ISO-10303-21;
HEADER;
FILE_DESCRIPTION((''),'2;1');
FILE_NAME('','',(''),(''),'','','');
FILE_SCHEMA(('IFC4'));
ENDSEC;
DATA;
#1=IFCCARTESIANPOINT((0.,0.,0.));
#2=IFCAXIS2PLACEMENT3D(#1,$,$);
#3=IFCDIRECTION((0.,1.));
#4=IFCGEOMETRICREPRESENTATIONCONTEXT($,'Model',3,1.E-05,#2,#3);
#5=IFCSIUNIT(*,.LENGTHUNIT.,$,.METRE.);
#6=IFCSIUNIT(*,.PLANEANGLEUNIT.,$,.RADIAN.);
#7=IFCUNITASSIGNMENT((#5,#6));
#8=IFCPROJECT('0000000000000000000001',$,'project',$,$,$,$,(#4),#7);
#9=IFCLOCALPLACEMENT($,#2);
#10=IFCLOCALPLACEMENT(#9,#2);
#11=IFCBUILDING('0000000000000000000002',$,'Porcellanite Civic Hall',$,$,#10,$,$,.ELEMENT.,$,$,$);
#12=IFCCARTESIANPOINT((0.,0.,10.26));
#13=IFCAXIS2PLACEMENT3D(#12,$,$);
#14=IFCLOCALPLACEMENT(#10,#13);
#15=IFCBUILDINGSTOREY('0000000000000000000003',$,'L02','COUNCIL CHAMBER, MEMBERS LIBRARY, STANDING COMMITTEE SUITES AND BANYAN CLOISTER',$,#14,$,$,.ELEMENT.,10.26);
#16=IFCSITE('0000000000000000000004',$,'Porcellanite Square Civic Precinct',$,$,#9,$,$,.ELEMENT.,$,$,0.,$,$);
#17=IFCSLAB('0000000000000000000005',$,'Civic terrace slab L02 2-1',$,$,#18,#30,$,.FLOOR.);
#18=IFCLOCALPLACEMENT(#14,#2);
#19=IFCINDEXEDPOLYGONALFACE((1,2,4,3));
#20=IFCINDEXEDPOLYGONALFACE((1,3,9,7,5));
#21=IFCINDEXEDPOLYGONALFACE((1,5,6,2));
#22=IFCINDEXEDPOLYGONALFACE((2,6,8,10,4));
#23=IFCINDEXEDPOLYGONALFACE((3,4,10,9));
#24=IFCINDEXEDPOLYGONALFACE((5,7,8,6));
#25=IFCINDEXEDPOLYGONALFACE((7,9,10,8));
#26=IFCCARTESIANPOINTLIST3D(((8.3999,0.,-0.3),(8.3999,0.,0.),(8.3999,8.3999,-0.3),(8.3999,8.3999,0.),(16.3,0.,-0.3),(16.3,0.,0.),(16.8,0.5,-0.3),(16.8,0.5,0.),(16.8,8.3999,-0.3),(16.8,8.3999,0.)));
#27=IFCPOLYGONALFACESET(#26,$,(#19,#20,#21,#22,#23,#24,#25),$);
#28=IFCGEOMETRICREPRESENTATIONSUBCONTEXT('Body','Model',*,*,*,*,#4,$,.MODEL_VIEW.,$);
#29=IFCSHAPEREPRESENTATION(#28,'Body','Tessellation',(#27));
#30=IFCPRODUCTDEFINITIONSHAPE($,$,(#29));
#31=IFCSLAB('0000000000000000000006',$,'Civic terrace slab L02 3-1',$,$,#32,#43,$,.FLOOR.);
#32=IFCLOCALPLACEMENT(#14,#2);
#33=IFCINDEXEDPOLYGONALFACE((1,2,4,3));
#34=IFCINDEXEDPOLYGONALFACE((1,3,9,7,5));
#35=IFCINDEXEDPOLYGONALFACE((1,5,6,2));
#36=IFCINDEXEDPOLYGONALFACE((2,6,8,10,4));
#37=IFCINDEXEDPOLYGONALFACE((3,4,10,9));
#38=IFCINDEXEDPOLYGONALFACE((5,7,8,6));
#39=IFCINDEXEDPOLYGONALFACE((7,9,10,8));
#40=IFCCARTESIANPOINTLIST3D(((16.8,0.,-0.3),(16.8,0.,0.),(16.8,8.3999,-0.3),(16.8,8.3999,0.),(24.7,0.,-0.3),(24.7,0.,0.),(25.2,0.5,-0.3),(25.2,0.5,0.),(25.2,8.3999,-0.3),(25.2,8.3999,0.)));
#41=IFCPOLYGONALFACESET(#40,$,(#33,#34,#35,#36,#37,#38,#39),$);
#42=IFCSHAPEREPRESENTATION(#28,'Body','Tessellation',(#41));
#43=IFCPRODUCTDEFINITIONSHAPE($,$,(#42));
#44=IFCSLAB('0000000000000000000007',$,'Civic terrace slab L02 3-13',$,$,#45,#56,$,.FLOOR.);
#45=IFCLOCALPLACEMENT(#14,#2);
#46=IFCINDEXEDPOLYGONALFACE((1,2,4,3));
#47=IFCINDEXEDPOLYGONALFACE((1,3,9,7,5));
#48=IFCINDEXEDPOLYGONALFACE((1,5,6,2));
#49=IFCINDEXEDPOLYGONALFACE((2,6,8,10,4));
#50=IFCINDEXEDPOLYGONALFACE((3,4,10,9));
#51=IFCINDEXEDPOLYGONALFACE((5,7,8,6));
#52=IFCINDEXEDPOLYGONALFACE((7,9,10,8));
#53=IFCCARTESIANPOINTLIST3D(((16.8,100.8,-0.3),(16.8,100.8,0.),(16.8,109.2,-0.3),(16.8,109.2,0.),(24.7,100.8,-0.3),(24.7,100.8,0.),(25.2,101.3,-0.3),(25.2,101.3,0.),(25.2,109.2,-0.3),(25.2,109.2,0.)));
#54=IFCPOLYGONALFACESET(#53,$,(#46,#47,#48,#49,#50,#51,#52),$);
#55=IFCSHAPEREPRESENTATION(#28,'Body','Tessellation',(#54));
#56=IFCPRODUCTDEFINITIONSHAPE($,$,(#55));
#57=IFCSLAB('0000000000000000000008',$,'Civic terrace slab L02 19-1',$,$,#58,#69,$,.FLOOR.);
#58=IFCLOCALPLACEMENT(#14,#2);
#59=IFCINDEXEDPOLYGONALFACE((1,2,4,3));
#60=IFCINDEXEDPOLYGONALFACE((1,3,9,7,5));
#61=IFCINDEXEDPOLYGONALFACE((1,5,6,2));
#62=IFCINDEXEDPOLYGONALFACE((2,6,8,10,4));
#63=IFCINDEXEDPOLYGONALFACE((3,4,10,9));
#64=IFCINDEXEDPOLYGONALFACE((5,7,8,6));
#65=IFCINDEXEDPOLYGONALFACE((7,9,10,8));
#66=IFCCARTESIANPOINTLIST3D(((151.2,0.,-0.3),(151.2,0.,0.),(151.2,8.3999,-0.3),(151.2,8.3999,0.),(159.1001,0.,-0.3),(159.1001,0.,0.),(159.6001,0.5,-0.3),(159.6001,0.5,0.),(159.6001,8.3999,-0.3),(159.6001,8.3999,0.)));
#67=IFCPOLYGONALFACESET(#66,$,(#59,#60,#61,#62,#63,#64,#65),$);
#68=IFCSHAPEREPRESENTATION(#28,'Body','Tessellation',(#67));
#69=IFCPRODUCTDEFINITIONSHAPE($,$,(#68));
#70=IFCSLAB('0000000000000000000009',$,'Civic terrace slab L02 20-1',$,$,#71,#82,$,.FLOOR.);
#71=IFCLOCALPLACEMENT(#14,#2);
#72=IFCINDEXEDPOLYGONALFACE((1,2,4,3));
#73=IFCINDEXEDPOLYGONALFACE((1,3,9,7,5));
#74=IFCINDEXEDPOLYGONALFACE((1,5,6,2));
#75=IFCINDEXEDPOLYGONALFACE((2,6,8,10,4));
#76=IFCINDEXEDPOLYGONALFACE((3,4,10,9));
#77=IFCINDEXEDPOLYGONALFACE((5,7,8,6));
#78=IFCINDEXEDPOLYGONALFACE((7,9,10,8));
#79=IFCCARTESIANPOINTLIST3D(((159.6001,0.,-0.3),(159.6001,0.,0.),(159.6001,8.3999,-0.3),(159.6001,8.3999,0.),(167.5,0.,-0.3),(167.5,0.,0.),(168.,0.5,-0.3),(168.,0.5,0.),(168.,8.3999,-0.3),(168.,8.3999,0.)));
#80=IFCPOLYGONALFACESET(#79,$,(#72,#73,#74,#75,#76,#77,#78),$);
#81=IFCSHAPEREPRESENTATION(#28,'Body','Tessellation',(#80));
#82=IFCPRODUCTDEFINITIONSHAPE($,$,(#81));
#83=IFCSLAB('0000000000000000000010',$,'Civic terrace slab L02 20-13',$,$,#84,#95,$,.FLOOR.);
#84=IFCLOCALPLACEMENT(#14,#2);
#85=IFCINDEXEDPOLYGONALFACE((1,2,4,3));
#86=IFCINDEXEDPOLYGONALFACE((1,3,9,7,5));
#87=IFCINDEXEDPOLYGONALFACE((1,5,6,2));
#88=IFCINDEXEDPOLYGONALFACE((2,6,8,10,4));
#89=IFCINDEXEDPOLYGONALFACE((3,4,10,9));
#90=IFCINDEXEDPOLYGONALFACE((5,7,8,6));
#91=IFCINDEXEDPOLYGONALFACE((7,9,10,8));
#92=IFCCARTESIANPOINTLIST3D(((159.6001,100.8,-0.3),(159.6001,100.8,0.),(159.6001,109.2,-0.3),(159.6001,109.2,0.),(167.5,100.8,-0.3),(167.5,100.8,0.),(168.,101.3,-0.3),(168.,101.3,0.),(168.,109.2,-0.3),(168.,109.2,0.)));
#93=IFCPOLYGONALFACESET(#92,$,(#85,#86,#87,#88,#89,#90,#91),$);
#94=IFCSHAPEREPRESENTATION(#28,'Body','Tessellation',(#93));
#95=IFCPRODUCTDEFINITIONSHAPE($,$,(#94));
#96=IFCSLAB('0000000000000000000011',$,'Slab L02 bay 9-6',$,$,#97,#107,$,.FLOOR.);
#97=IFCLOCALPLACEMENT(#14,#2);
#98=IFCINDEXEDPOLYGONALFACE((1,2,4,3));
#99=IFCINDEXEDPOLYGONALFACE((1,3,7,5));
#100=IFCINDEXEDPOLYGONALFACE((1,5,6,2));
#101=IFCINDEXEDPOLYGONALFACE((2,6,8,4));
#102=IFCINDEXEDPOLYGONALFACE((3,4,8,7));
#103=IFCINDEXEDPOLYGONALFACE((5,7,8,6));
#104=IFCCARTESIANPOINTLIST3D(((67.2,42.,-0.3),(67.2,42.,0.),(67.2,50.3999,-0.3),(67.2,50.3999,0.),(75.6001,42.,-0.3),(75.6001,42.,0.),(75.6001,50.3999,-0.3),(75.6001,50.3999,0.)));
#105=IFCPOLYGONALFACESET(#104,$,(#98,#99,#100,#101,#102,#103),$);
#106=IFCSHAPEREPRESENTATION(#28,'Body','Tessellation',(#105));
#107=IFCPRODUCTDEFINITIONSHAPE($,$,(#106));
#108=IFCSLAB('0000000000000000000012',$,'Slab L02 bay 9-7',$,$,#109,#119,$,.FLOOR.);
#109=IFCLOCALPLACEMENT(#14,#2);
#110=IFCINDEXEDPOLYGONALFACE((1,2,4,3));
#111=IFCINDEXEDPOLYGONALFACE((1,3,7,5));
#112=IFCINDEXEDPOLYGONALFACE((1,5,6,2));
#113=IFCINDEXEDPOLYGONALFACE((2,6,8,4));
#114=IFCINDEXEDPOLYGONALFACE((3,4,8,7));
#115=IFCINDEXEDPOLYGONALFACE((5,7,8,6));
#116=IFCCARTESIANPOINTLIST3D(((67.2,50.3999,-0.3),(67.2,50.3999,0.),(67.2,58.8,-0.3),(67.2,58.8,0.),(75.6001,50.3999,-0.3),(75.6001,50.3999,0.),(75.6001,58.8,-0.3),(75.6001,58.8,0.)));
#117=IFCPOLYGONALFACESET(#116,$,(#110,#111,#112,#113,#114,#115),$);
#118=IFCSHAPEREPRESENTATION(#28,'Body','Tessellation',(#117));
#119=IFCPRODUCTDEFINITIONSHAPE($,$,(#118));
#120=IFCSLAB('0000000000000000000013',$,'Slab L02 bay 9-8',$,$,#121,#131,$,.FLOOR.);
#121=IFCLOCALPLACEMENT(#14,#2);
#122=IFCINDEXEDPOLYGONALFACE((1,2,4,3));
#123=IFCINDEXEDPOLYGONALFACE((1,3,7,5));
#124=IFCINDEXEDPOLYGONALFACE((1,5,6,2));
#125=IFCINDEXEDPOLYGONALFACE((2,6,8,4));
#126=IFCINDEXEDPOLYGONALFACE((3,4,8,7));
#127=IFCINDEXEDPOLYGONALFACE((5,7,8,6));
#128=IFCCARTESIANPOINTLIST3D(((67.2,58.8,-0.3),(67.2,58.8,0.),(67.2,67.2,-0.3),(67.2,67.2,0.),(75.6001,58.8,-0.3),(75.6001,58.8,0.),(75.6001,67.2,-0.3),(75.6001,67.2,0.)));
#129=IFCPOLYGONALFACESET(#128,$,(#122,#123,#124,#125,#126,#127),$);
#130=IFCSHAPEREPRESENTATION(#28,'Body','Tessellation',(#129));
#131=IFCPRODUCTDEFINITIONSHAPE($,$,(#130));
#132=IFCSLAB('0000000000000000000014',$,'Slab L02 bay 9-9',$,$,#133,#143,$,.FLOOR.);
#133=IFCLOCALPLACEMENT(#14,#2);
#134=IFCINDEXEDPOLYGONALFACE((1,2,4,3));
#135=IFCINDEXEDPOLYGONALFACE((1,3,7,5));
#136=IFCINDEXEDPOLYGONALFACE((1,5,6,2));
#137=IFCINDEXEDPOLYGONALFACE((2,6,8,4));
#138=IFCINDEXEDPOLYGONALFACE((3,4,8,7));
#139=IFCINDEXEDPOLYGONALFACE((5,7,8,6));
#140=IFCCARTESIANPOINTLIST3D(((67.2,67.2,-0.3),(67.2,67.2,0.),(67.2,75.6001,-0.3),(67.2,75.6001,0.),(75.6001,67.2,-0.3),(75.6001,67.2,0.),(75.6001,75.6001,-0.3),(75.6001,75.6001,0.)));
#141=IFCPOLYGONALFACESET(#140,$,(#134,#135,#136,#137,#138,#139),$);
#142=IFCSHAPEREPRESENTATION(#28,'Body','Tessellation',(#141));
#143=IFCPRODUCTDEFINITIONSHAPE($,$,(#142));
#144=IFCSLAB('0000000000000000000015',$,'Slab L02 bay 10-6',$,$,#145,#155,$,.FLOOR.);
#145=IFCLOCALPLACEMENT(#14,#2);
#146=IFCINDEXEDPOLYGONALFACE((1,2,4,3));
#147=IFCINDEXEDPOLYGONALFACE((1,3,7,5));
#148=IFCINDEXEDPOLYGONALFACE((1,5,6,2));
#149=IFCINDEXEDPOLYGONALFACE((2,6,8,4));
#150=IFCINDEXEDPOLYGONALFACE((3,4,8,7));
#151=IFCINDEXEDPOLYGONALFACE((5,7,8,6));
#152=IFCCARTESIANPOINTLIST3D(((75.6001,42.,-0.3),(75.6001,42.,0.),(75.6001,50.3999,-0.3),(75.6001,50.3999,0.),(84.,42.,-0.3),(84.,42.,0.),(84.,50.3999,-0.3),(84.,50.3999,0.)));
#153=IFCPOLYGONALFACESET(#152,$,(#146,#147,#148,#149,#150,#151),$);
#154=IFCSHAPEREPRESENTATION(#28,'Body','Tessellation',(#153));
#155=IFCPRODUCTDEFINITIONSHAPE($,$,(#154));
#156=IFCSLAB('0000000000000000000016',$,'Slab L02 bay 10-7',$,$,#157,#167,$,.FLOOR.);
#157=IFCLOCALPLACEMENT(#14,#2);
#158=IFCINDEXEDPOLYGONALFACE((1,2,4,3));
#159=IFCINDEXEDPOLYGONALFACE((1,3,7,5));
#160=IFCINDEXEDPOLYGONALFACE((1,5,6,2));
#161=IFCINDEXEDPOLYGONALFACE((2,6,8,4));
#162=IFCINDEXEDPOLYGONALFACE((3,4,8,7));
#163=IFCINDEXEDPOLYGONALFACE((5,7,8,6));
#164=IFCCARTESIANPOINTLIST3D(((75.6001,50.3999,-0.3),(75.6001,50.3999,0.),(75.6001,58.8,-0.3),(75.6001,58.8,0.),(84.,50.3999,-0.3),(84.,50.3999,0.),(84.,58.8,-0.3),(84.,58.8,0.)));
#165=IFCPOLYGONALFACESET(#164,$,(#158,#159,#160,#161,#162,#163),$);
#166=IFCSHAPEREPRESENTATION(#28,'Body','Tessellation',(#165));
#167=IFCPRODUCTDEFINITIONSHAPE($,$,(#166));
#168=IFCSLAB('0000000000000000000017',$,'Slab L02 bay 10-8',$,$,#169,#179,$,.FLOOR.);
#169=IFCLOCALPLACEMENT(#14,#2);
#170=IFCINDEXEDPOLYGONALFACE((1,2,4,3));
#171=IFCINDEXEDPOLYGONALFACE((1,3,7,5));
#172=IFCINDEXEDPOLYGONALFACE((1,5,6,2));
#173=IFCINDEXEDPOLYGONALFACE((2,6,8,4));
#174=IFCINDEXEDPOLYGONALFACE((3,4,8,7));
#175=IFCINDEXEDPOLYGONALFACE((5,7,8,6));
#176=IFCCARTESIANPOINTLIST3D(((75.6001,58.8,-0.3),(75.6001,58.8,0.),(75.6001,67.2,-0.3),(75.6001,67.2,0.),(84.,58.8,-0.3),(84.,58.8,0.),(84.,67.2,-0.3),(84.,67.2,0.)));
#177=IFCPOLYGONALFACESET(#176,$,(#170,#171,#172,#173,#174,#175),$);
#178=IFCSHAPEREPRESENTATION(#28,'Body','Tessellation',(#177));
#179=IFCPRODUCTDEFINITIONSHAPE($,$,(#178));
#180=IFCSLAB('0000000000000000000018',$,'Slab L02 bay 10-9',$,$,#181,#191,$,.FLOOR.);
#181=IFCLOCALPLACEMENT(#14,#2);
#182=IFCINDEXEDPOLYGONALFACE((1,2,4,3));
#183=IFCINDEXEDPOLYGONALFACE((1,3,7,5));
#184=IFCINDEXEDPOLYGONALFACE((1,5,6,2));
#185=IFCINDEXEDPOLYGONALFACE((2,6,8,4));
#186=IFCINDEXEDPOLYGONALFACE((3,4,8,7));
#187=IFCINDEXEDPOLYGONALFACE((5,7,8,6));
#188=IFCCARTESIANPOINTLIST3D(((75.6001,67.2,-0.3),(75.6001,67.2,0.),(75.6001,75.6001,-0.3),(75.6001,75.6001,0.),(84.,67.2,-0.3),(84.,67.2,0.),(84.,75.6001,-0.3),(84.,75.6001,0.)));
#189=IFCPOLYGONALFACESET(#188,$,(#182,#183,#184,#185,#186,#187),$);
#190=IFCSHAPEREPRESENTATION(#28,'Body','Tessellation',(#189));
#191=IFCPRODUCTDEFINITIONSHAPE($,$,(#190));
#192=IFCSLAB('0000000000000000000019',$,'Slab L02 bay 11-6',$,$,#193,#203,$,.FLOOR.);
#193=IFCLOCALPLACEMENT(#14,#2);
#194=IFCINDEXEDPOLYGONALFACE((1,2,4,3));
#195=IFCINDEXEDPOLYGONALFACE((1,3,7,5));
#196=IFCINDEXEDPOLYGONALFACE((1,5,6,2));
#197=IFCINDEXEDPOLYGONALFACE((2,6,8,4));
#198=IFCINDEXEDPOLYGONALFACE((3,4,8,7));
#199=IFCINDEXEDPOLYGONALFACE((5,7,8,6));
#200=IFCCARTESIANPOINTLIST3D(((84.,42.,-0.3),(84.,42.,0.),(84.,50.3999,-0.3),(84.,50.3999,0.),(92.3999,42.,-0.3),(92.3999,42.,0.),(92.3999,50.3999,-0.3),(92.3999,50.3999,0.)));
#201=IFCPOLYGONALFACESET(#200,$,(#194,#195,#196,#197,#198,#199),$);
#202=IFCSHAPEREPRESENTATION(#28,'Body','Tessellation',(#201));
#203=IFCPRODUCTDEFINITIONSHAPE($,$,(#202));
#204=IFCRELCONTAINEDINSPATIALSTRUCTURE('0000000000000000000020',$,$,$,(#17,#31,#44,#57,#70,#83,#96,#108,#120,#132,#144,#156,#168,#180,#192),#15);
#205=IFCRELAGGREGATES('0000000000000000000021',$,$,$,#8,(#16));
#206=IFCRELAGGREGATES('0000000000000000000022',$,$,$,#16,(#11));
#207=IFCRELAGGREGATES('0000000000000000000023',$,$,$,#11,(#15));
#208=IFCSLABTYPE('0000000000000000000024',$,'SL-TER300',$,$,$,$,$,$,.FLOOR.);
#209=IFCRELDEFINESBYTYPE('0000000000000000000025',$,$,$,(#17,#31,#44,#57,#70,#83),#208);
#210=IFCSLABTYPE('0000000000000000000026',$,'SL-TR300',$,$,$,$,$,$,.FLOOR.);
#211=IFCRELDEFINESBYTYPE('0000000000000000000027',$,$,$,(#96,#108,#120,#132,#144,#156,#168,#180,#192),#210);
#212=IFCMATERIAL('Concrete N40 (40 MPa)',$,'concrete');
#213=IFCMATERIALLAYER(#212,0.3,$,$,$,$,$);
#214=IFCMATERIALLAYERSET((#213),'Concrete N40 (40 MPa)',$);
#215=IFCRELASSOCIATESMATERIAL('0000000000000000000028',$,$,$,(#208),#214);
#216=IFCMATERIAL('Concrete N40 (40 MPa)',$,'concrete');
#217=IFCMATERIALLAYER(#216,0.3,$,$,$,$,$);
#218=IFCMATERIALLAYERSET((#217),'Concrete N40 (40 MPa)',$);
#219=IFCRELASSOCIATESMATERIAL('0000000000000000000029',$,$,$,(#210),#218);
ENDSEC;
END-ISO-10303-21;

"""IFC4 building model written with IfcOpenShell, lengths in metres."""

from ifc_helpers import new_model, si_unit, direction, frame, origin, place, context, subcontext, project, spatial, polyline, outline, extrude, material, layer, layer_set, type_object, element, save


model = new_model("IFC4")

# Units and contexts
model_context = context("Model", 3, precision=1e-05, world=origin(), true_north=direction((0.0, 1.0)))
body_context = subcontext(model_context, "Body", "Model", "MODEL_VIEW")
ifc_project = project(units=[si_unit("LENGTHUNIT", "METRE"), si_unit("PLANEANGLEUNIT", "RADIAN")], contexts=[model_context])

# Site, building, storey
site_placement = place(None, origin())
site = spatial("IfcSite", under=ifc_project, at=site_placement, Name="Porcellanite Square Civic Precinct", CompositionType="ELEMENT", RefElevation=0.0)
building_placement = place(site_placement, origin())
building = spatial("IfcBuilding", under=site, at=building_placement, Name="Porcellanite Civic Hall", CompositionType="ELEMENT")
storey_placement = place(building_placement, frame((0.0, 0.0, 10.26)))
storey = spatial("IfcBuildingStorey", under=building, at=storey_placement, Name="L02", Description="COUNCIL CHAMBER, MEMBERS LIBRARY, STANDING COMMITTEE SUITES AND BANYAN CLOISTER", CompositionType="ELEMENT", Elevation=10.26)

# Slabs
ifc_material_1 = material(Name="Concrete N40 (40 MPa)", Category="concrete")
ifc_layer_1 = layer(ifc_material_1, 0.3)
ifc_layer_set_1 = layer_set([ifc_layer_1], Name="Concrete N40 (40 MPa)")
slab_type_1 = type_object("IfcSlabType", Name="SL-TER300", PredefinedType="FLOOR", material=ifc_layer_set_1)
slab_1_placement = place(storey_placement, frame((0.0, 0.0, -0.3)))
element("IfcSlab", 1, at=slab_1_placement, inside=storey, type_object=slab_type_1, Name="Civic terrace slab L02 2-1", PredefinedType="FLOOR", context=body_context, shape_type="SweptSolid", body=[
    extrude(outline(polyline([(8.3999, 0.0), (16.3, 0.0), (16.8, 0.5), (16.8, 8.3999), (8.3999, 8.3999), (8.3999, 0.0)])), origin(), (0.0, 0.0, 1.0), 0.3),
])
slab_2_placement = place(storey_placement, frame((0.0, 0.0, -0.3)))
element("IfcSlab", 2, at=slab_2_placement, inside=storey, type_object=slab_type_1, Name="Civic terrace slab L02 3-1", PredefinedType="FLOOR", context=body_context, shape_type="SweptSolid", body=[
    extrude(outline(polyline([(16.8, 0.0), (24.7, 0.0), (25.2, 0.5), (25.2, 8.3999), (16.8, 8.3999), (16.8, 0.0)])), origin(), (0.0, 0.0, 1.0), 0.3),
])
slab_3_placement = place(storey_placement, frame((0.0, 0.0, -0.3)))
element("IfcSlab", 3, at=slab_3_placement, inside=storey, type_object=slab_type_1, Name="Civic terrace slab L02 3-13", PredefinedType="FLOOR", context=body_context, shape_type="SweptSolid", body=[
    extrude(outline(polyline([(16.8, 100.8), (24.7, 100.8), (25.2, 101.3), (25.2, 109.2), (16.8, 109.2), (16.8, 100.8)])), origin(), (0.0, 0.0, 1.0), 0.3),
])
slab_4_placement = place(storey_placement, frame((0.0, 0.0, -0.3)))
element("IfcSlab", 4, at=slab_4_placement, inside=storey, type_object=slab_type_1, Name="Civic terrace slab L02 19-1", PredefinedType="FLOOR", context=body_context, shape_type="SweptSolid", body=[
    extrude(outline(polyline([(151.2, 0.0), (159.1001, 0.0), (159.6001, 0.5), (159.6001, 8.3999), (151.2, 8.3999), (151.2, 0.0)])), origin(), (0.0, 0.0, 1.0), 0.3),
])
slab_5_placement = place(storey_placement, frame((0.0, 0.0, -0.3)))
element("IfcSlab", 5, at=slab_5_placement, inside=storey, type_object=slab_type_1, Name="Civic terrace slab L02 20-1", PredefinedType="FLOOR", context=body_context, shape_type="SweptSolid", body=[
    extrude(outline(polyline([(159.6001, 0.0), (167.5, 0.0), (168.0, 0.5), (168.0, 8.3999), (159.6001, 8.3999), (159.6001, 0.0)])), origin(), (0.0, 0.0, 1.0), 0.3),
])
slab_6_placement = place(storey_placement, frame((0.0, 0.0, -0.3)))
element("IfcSlab", 6, at=slab_6_placement, inside=storey, type_object=slab_type_1, Name="Civic terrace slab L02 20-13", PredefinedType="FLOOR", context=body_context, shape_type="SweptSolid", body=[
    extrude(outline(polyline([(159.6001, 100.8), (167.5, 100.8), (168.0, 101.3), (168.0, 109.2), (159.6001, 109.2), (159.6001, 100.8)])), origin(), (0.0, 0.0, 1.0), 0.3),
])
ifc_material_2 = material(Name="Concrete N40 (40 MPa)", Category="concrete")
ifc_layer_2 = layer(ifc_material_2, 0.3)
ifc_layer_set_2 = layer_set([ifc_layer_2], Name="Concrete N40 (40 MPa)")
slab_type_2 = type_object("IfcSlabType", Name="SL-TR300", PredefinedType="FLOOR", material=ifc_layer_set_2)
slab_7_placement = place(storey_placement, frame((0.0, 0.0, -0.3)))
element("IfcSlab", 7, at=slab_7_placement, inside=storey, type_object=slab_type_2, Name="Slab L02 bay 9-6", PredefinedType="FLOOR", context=body_context, shape_type="SweptSolid", body=[
    extrude(outline(polyline([(67.2, 42.0), (75.6001, 42.0), (75.6001, 50.3999), (67.2, 50.3999), (67.2, 42.0)])), origin(), (0.0, 0.0, 1.0), 0.3),
])
slab_8_placement = place(storey_placement, frame((0.0, 0.0, -0.3)))
element("IfcSlab", 8, at=slab_8_placement, inside=storey, type_object=slab_type_2, Name="Slab L02 bay 9-7", PredefinedType="FLOOR", context=body_context, shape_type="SweptSolid", body=[
    extrude(outline(polyline([(67.2, 50.3999), (75.6001, 50.3999), (75.6001, 58.8), (67.2, 58.8), (67.2, 50.3999)])), origin(), (0.0, 0.0, 1.0), 0.3),
])
slab_9_placement = place(storey_placement, frame((0.0, 0.0, -0.3)))
element("IfcSlab", 9, at=slab_9_placement, inside=storey, type_object=slab_type_2, Name="Slab L02 bay 9-8", PredefinedType="FLOOR", context=body_context, shape_type="SweptSolid", body=[
    extrude(outline(polyline([(67.2, 58.8), (75.6001, 58.8), (75.6001, 67.2), (67.2, 67.2), (67.2, 58.8)])), origin(), (0.0, 0.0, 1.0), 0.3),
])
slab_10_placement = place(storey_placement, frame((0.0, 0.0, -0.3)))
element("IfcSlab", 10, at=slab_10_placement, inside=storey, type_object=slab_type_2, Name="Slab L02 bay 9-9", PredefinedType="FLOOR", context=body_context, shape_type="SweptSolid", body=[
    extrude(outline(polyline([(67.2, 67.2), (75.6001, 67.2), (75.6001, 75.6001), (67.2, 75.6001), (67.2, 67.2)])), origin(), (0.0, 0.0, 1.0), 0.3),
])
slab_11_placement = place(storey_placement, frame((0.0, 0.0, -0.3)))
element("IfcSlab", 11, at=slab_11_placement, inside=storey, type_object=slab_type_2, Name="Slab L02 bay 10-6", PredefinedType="FLOOR", context=body_context, shape_type="SweptSolid", body=[
    extrude(outline(polyline([(75.6001, 42.0), (84.0, 42.0), (84.0, 50.3999), (75.6001, 50.3999), (75.6001, 42.0)])), origin(), (0.0, 0.0, 1.0), 0.3),
])
slab_12_placement = place(storey_placement, frame((0.0, 0.0, -0.3)))
element("IfcSlab", 12, at=slab_12_placement, inside=storey, type_object=slab_type_2, Name="Slab L02 bay 10-7", PredefinedType="FLOOR", context=body_context, shape_type="SweptSolid", body=[
    extrude(outline(polyline([(75.6001, 50.3999), (84.0, 50.3999), (84.0, 58.8), (75.6001, 58.8), (75.6001, 50.3999)])), origin(), (0.0, 0.0, 1.0), 0.3),
])
slab_13_placement = place(storey_placement, frame((0.0, 0.0, -0.3)))
element("IfcSlab", 13, at=slab_13_placement, inside=storey, type_object=slab_type_2, Name="Slab L02 bay 10-8", PredefinedType="FLOOR", context=body_context, shape_type="SweptSolid", body=[
    extrude(outline(polyline([(75.6001, 58.8), (84.0, 58.8), (84.0, 67.2), (75.6001, 67.2), (75.6001, 58.8)])), origin(), (0.0, 0.0, 1.0), 0.3),
])
slab_14_placement = place(storey_placement, frame((0.0, 0.0, -0.3)))
element("IfcSlab", 14, at=slab_14_placement, inside=storey, type_object=slab_type_2, Name="Slab L02 bay 10-9", PredefinedType="FLOOR", context=body_context, shape_type="SweptSolid", body=[
    extrude(outline(polyline([(75.6001, 67.2), (84.0, 67.2), (84.0, 75.6001), (75.6001, 75.6001), (75.6001, 67.2)])), origin(), (0.0, 0.0, 1.0), 0.3),
])
slab_15_placement = place(storey_placement, frame((0.0, 0.0, -0.3)))
element("IfcSlab", 15, at=slab_15_placement, inside=storey, type_object=slab_type_2, Name="Slab L02 bay 11-6", PredefinedType="FLOOR", context=body_context, shape_type="SweptSolid", body=[
    extrude(outline(polyline([(84.0, 42.0), (92.3999, 42.0), (92.3999, 50.3999), (84.0, 50.3999), (84.0, 42.0)])), origin(), (0.0, 0.0, 1.0), 0.3),
])

save(model, "model.ifc")
